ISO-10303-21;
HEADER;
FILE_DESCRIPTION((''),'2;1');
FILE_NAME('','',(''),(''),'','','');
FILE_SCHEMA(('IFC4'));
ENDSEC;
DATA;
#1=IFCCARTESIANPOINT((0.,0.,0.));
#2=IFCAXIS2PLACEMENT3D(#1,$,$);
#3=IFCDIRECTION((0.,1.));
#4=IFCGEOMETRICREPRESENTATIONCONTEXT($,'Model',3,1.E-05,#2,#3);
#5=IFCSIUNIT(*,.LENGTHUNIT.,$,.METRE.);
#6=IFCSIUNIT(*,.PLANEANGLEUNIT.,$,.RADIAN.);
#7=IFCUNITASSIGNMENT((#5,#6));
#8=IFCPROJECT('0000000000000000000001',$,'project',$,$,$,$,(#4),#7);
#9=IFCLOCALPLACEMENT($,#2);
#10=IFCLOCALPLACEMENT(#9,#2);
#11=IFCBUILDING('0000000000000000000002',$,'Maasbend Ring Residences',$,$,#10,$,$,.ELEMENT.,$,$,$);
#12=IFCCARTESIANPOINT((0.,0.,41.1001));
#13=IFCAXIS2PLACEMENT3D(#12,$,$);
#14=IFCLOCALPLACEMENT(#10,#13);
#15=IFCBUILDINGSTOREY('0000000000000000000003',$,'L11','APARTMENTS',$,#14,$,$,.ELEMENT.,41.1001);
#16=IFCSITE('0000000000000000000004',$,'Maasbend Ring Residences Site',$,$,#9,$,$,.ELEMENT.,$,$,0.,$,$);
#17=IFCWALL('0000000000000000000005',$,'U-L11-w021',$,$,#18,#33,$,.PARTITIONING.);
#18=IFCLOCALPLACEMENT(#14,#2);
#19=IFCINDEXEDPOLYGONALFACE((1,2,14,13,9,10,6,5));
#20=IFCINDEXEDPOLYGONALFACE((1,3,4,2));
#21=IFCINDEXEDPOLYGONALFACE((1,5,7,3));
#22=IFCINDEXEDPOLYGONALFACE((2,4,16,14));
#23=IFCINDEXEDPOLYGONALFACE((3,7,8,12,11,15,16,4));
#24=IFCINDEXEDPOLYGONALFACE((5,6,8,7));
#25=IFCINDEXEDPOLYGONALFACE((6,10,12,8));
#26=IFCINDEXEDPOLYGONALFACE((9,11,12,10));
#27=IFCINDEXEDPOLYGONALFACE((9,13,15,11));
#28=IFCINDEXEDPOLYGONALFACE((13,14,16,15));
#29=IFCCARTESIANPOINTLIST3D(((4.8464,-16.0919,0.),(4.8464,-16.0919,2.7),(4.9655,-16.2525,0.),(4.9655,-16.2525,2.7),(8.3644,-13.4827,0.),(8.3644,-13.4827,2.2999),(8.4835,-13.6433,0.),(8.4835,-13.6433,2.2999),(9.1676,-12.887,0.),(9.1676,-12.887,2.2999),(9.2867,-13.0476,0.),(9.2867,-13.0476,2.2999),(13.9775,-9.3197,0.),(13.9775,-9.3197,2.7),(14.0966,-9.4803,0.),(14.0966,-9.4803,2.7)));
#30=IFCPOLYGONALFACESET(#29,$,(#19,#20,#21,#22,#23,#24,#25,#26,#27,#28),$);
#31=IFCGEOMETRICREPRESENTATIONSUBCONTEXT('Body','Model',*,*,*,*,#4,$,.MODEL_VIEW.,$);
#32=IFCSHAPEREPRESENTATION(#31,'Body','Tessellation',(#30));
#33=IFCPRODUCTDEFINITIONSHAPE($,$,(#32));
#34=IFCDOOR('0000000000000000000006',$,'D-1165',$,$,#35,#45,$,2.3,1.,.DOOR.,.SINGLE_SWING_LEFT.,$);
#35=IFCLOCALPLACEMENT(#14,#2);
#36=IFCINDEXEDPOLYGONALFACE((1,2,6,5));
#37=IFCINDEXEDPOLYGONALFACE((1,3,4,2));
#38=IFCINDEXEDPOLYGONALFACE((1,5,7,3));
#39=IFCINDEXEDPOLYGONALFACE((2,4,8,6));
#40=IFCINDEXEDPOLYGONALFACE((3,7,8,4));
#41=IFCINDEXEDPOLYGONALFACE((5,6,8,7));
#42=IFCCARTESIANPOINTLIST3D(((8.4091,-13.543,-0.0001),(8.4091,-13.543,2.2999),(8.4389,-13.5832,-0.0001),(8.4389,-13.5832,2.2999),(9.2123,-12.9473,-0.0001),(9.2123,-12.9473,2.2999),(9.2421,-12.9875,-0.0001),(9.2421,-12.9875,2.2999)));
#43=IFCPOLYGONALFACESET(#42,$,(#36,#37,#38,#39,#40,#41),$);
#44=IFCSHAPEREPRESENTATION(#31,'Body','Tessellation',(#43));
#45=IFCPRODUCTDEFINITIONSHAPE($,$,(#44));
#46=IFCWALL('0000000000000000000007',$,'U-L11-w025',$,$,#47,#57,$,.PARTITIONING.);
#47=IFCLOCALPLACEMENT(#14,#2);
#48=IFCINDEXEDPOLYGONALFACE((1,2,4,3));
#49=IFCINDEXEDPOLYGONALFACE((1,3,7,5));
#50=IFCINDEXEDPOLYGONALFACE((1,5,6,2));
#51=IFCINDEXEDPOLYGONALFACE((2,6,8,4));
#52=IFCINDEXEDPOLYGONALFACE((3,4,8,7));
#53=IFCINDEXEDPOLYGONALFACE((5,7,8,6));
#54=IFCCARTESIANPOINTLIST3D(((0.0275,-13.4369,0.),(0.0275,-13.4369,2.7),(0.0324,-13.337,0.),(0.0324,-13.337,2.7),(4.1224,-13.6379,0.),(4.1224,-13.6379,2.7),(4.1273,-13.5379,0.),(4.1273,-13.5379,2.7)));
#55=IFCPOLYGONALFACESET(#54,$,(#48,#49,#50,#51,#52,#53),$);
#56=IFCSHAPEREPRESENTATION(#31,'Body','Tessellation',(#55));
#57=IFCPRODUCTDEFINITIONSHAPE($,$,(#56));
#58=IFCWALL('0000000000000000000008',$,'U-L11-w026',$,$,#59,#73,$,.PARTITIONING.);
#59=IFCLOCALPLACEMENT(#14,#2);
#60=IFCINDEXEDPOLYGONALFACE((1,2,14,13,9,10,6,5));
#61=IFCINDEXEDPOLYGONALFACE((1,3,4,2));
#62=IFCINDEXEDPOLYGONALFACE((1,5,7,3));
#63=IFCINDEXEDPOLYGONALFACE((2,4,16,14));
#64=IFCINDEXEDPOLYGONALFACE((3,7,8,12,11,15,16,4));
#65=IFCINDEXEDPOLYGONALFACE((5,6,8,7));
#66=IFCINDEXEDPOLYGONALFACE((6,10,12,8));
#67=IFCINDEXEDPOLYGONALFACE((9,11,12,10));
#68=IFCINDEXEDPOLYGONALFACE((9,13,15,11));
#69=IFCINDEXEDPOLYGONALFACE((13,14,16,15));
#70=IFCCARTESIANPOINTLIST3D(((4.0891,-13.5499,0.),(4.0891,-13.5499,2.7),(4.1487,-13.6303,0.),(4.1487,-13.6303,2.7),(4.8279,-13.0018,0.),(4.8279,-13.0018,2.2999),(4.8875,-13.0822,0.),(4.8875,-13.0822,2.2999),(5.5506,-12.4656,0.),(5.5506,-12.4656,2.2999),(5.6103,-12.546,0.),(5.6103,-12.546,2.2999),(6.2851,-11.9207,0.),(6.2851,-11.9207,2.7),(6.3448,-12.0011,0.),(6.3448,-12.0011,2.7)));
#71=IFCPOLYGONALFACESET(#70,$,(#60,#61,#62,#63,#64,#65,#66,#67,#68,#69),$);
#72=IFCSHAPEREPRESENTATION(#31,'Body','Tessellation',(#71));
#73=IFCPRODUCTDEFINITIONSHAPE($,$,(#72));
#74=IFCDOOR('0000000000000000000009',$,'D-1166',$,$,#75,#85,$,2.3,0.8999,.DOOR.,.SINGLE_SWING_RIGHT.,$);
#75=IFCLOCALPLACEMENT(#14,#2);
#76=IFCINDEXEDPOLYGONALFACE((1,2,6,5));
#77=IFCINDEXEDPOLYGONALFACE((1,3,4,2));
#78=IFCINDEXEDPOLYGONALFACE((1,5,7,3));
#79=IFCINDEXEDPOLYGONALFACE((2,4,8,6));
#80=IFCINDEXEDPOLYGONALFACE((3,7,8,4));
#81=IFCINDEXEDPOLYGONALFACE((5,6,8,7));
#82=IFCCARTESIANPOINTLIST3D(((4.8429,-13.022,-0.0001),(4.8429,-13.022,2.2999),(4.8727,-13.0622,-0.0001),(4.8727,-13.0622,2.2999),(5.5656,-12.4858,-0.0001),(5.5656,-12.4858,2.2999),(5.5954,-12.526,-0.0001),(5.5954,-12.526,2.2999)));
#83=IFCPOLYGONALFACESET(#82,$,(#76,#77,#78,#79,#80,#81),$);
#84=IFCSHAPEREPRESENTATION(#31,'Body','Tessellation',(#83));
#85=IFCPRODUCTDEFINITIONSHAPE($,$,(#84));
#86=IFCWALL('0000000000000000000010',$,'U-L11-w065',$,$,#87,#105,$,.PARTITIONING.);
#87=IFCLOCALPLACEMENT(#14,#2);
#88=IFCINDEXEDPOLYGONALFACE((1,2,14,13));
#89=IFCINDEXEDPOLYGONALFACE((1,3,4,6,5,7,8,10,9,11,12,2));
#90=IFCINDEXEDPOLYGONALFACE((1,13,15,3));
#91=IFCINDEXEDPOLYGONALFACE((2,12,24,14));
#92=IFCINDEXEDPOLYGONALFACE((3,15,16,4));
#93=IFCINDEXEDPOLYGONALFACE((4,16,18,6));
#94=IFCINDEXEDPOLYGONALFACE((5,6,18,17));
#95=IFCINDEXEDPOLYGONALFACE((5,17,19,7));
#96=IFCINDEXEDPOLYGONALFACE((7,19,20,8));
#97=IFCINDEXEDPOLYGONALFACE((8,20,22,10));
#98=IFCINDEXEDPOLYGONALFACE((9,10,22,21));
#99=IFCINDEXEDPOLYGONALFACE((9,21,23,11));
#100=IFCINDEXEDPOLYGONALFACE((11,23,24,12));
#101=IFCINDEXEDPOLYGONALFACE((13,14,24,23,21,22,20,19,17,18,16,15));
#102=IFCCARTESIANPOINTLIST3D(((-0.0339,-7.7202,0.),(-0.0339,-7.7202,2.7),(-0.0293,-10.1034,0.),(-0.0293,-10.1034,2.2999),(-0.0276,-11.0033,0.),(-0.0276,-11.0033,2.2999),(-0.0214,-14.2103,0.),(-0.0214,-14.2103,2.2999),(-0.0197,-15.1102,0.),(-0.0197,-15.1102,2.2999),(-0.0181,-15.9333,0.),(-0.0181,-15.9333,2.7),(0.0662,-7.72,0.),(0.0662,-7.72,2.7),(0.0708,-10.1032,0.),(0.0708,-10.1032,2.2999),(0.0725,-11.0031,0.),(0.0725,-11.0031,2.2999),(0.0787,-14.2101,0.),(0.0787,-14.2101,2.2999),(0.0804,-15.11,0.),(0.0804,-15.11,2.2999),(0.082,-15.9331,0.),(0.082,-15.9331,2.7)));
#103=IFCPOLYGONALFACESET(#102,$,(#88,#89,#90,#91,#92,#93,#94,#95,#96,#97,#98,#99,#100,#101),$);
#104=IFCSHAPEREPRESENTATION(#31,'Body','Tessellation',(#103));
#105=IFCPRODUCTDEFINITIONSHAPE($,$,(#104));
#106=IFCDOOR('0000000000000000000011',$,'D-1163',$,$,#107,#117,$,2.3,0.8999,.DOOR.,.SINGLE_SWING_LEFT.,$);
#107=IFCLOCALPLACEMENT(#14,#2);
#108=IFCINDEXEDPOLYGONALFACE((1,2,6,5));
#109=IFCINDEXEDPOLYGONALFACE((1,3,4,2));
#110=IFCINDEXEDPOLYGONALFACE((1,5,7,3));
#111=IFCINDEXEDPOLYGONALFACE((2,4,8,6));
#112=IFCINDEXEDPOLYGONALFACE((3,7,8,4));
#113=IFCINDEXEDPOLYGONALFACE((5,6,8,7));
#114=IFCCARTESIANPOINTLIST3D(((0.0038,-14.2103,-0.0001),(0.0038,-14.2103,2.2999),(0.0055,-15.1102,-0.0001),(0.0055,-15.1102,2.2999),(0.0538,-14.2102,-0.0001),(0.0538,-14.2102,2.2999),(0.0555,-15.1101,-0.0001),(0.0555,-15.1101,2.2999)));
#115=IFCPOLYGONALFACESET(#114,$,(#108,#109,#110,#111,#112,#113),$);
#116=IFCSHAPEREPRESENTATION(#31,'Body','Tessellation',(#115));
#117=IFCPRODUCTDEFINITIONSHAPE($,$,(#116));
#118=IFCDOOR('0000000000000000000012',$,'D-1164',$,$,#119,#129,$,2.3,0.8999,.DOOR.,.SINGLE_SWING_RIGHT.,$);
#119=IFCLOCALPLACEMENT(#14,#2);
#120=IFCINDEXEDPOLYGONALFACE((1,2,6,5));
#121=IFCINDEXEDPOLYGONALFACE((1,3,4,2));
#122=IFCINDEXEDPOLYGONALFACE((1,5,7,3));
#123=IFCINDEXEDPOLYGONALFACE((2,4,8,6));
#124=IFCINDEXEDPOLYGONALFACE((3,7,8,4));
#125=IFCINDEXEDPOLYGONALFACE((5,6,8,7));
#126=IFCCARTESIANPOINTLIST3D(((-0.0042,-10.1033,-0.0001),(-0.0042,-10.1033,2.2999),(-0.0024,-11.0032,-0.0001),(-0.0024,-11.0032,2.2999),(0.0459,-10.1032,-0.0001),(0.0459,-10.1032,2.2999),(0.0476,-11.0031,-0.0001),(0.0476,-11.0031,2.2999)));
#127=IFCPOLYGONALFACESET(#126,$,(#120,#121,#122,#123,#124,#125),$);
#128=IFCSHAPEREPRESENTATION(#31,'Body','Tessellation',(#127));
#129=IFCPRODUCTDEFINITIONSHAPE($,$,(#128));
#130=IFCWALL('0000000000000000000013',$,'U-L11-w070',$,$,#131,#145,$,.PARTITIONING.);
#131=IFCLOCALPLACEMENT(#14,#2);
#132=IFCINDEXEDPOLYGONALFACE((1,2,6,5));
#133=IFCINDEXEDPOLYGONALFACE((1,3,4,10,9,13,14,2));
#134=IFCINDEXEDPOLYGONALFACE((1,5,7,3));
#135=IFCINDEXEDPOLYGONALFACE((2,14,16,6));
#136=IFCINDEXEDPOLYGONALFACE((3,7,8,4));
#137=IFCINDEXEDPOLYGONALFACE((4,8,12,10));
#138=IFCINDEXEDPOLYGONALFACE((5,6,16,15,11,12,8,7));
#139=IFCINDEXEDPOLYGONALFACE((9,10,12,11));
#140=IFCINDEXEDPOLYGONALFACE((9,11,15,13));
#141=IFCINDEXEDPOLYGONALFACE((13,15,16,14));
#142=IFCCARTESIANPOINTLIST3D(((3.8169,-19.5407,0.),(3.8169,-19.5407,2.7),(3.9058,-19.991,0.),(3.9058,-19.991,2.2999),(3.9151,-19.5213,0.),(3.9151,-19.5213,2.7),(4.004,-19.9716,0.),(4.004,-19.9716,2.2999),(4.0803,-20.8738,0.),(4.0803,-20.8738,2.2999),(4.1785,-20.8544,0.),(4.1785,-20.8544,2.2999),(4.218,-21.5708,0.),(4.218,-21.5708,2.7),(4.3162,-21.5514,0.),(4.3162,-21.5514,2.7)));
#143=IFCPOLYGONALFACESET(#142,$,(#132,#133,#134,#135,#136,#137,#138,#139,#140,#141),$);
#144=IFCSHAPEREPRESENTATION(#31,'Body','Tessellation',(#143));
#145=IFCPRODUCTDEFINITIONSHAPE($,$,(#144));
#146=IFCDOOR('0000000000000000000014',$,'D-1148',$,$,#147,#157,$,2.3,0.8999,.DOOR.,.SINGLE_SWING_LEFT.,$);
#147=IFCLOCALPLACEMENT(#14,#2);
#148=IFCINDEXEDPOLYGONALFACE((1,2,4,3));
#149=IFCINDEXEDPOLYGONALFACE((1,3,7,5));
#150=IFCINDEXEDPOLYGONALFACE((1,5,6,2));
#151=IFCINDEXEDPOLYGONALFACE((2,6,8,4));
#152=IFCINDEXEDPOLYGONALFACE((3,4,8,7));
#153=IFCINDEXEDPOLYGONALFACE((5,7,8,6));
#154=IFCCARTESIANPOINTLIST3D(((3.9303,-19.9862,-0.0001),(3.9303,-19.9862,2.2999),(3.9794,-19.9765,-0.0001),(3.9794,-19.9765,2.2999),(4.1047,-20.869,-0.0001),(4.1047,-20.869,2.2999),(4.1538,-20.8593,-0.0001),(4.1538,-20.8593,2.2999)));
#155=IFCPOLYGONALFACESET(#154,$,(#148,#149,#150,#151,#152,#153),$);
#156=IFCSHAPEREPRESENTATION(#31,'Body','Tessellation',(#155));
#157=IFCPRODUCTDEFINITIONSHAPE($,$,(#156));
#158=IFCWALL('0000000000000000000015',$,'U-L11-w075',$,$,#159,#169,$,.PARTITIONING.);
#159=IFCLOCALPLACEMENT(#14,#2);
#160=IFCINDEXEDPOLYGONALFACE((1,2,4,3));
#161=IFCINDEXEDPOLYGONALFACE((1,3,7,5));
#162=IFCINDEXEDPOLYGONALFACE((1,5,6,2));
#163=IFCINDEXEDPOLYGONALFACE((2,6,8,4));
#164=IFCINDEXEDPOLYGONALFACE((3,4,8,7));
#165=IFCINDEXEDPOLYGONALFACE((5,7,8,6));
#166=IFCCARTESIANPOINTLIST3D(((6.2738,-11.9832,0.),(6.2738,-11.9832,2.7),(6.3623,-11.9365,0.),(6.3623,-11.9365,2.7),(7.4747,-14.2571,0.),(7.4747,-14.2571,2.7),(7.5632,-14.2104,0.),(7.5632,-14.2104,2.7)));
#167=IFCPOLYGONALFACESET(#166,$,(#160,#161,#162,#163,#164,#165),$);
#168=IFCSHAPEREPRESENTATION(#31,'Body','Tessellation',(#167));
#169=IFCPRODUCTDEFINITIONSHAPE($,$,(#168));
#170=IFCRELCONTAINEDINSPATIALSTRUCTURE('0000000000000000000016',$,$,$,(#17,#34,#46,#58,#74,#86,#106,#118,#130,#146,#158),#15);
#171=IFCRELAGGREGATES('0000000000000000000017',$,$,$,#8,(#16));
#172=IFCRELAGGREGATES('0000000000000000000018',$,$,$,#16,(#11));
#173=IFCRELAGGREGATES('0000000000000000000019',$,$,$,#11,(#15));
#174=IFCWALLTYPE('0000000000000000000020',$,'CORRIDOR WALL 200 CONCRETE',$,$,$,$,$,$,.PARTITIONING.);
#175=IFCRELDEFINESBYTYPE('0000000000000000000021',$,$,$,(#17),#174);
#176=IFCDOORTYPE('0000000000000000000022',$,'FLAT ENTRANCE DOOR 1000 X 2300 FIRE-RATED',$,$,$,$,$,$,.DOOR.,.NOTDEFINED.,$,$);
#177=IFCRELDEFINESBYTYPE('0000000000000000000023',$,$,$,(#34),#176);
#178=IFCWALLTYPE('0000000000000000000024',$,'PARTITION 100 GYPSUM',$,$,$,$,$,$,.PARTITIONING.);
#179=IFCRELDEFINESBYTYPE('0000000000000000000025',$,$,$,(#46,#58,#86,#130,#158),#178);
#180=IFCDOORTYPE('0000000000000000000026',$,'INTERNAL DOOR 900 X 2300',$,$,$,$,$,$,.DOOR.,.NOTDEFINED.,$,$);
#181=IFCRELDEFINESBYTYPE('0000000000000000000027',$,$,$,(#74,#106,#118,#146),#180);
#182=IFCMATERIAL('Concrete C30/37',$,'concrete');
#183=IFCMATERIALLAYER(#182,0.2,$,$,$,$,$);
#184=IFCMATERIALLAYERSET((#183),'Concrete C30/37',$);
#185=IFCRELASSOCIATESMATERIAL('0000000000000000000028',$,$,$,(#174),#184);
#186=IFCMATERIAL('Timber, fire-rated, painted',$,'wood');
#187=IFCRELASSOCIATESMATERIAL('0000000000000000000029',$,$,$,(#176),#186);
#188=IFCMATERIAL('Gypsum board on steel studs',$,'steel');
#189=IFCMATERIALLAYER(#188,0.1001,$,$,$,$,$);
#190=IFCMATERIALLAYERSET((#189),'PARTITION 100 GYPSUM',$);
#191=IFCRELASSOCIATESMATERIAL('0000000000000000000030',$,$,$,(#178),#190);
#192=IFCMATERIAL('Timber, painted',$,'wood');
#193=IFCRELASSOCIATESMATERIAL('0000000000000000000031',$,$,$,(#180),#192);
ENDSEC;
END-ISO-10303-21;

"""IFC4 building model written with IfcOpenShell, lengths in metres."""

from ifc_helpers import new_model, si_unit, direction, frame, frame_2d, origin, place, context, subcontext, project, spatial, rectangle, extrude, material, layer, layer_set, type_object, element, fill, save


model = new_model("IFC4")

# Units and contexts
model_context = context("Model", 3, precision=1e-05, world=origin(), true_north=direction((0.0, 1.0)))
body_context = subcontext(model_context, "Body", "Model", "MODEL_VIEW")
ifc_project = project(units=[si_unit("LENGTHUNIT", "METRE"), si_unit("PLANEANGLEUNIT", "RADIAN")], contexts=[model_context])

# Site, building, storey
site_placement = place(None, origin())
site = spatial("IfcSite", under=ifc_project, at=site_placement, Name="Maasbend Ring Residences Site", CompositionType="ELEMENT", RefElevation=0.0)
building_placement = place(site_placement, origin())
building = spatial("IfcBuilding", under=site, at=building_placement, Name="Maasbend Ring Residences", CompositionType="ELEMENT")
storey_placement = place(building_placement, frame((0.0, 0.0, 41.1001)))
storey = spatial("IfcBuildingStorey", under=building, at=storey_placement, Name="L11", Description="APARTMENTS", CompositionType="ELEMENT", Elevation=41.1001)

# Shared definitions
ifc_material_1 = material(Name="Concrete C30/37", Category="concrete")
ifc_layer_1 = layer(ifc_material_1, 0.2)
ifc_layer_set_1 = layer_set([ifc_layer_1], Name="Concrete C30/37")
wall_type_1 = type_object("IfcWallType", Name="CORRIDOR WALL 200 CONCRETE", PredefinedType="PARTITIONING", material=ifc_layer_set_1)

# Wall, opening, door
ifc_material_2 = material(Name="Timber, fire-rated, painted", Category="wood")
door_type_1 = type_object("IfcDoorType", Name="FLAT ENTRANCE DOOR 1000 X 2300 FIRE-RATED", OperationType="NOTDEFINED", PredefinedType="DOOR", material=ifc_material_2)
wall_1_placement = place(storey_placement, frame((4.906, -16.1721, 0.0), z_axis=(0.0, 0.0, 1.0), x_axis=(0.803202, 0.595707, 0.0)))
wall_1 = element("IfcWall", 1, at=wall_1_placement, inside=storey, type_object=wall_type_1, Name="U-L11-w021", PredefinedType="PARTITIONING", context=body_context, shape_type="SweptSolid", body=[
    extrude(rectangle(XDim=11.3684, YDim=0.2, at=frame_2d((5.6841, 0.0))), origin(), (0.0, 0.0, 1.0), 2.7),
])
opening_1_placement = place(wall_1_placement, frame((4.3799, 0.0, 0.0)))
opening_1 = element("IfcOpeningElement", 2, at=opening_1_placement, cuts=wall_1, PredefinedType="OPENING", context=body_context, shape_type="SweptSolid", body=[
    extrude(rectangle(XDim=1.0, YDim=2.3, at=frame_2d((0.5, 1.1499))), frame((0.0, 0.1099, 0.0), z_axis=(0.0, -1.0, 0.0), x_axis=(1.0, 0.0, 0.0)), (0.0, 0.0, 1.0), 0.22),
])
door_1_placement = place(opening_1_placement, origin())
door_1 = element("IfcDoor", 3, at=door_1_placement, inside=storey, type_object=door_type_1, Name="D-1165", OperationType="SINGLE_SWING_LEFT", OverallHeight=2.3, OverallWidth=1.0, PredefinedType="DOOR", context=body_context, shape_type="SweptSolid", body=[
    extrude(rectangle(XDim=1.0, YDim=2.3, at=frame_2d((0.5, 1.1499))), frame((0.0, 0.0249, 0.0), z_axis=(0.0, -1.0, 0.0), x_axis=(1.0, 0.0, 0.0)), (0.0, 0.0, 1.0), 0.05),
])
fill(opening_1, door_1)

# Wall
ifc_material_3 = material(Name="Gypsum board on steel studs", Category="steel")
ifc_layer_2 = layer(ifc_material_3, 0.1001)
ifc_layer_set_2 = layer_set([ifc_layer_2], Name="PARTITION 100 GYPSUM")
wall_type_2 = type_object("IfcWallType", Name="PARTITION 100 GYPSUM", PredefinedType="PARTITIONING", material=ifc_layer_set_2)
wall_2_placement = place(storey_placement, frame((0.03, -13.387, 0.0), z_axis=(0.0, 0.0, 1.0), x_axis=(0.998798, -0.049008, 0.0)))
element("IfcWall", 4, at=wall_2_placement, inside=storey, type_object=wall_type_2, Name="U-L11-w025", PredefinedType="PARTITIONING", context=body_context, shape_type="SweptSolid", body=[
    extrude(rectangle(XDim=4.0999, YDim=0.1001, at=frame_2d((2.0498, 0.0))), origin(), (0.0, 0.0, 1.0), 2.7),
])

# Wall, opening, door
wall_3_placement = place(storey_placement, frame((4.1189, -13.5901, 0.0), z_axis=(0.0, 0.0, 1.0), x_axis=(0.803128, 0.595806, 0.0)))
wall_3 = element("IfcWall", 5, at=wall_3_placement, inside=storey, type_object=wall_type_2, Name="U-L11-w026", PredefinedType="PARTITIONING", context=body_context, shape_type="SweptSolid", body=[
    extrude(rectangle(XDim=2.7344, YDim=0.1001, at=frame_2d((1.3672, 0.0))), origin(), (0.0, 0.0, 1.0), 2.7),
])
opening_2_placement = place(wall_3_placement, frame((0.9199, 0.0, 0.0)))
opening_2 = element("IfcOpeningElement", 6, at=opening_2_placement, cuts=wall_3, PredefinedType="OPENING", context=body_context, shape_type="SweptSolid", body=[
    extrude(rectangle(XDim=0.8999, YDim=2.3, at=frame_2d((0.45, 1.1499))), frame((0.0, 0.0601, 0.0), z_axis=(0.0, -1.0, 0.0), x_axis=(1.0, 0.0, 0.0)), (0.0, 0.0, 1.0), 0.1201),
])
ifc_material_4 = material(Name="Timber, painted", Category="wood")
door_type_2 = type_object("IfcDoorType", Name="INTERNAL DOOR 900 X 2300", OperationType="NOTDEFINED", PredefinedType="DOOR", material=ifc_material_4)
door_2_placement = place(opening_2_placement, origin())
door_2 = element("IfcDoor", 7, at=door_2_placement, inside=storey, type_object=door_type_2, Name="D-1166", OperationType="SINGLE_SWING_RIGHT", OverallHeight=2.3, OverallWidth=0.8999, PredefinedType="DOOR", context=body_context, shape_type="SweptSolid", body=[
    extrude(rectangle(XDim=0.8999, YDim=2.3, at=frame_2d((0.45, 1.1499))), frame((0.0, 0.0249, 0.0), z_axis=(0.0, -1.0, 0.0), x_axis=(1.0, 0.0, 0.0)), (0.0, 0.0, 1.0), 0.05),
])
fill(opening_2, door_2)

# Wall, openings, doors
wall_4_placement = place(storey_placement, frame((0.032, -15.9331, 0.0), z_axis=(0.0, 0.0, 1.0), x_axis=(-0.001932, 0.999998, 0.0)))
wall_4 = element("IfcWall", 8, at=wall_4_placement, inside=storey, type_object=wall_type_2, Name="U-L11-w065", PredefinedType="PARTITIONING", context=body_context, shape_type="SweptSolid", body=[
    extrude(rectangle(XDim=8.2131, YDim=0.1001, at=frame_2d((4.1064, 0.0))), origin(), (0.0, 0.0, 1.0), 2.7),
])
opening_3_placement = place(wall_4_placement, frame((0.823, 0.0, 0.0)))
opening_3 = element("IfcOpeningElement", 9, at=opening_3_placement, cuts=wall_4, PredefinedType="OPENING", context=body_context, shape_type="SweptSolid", body=[
    extrude(rectangle(XDim=0.8999, YDim=2.3, at=frame_2d((0.45, 1.1499))), frame((0.0, 0.0601, 0.0), z_axis=(0.0, -1.0, 0.0), x_axis=(1.0, 0.0, 0.0)), (0.0, 0.0, 1.0), 0.1201),
])
opening_4_placement = place(wall_4_placement, frame((4.9299, 0.0, 0.0)))
opening_4 = element("IfcOpeningElement", 10, at=opening_4_placement, cuts=wall_4, PredefinedType="OPENING", context=body_context, shape_type="SweptSolid", body=[
    extrude(rectangle(XDim=0.8999, YDim=2.3, at=frame_2d((0.45, 1.1499))), frame((0.0, 0.0601, 0.0), z_axis=(0.0, -1.0, 0.0), x_axis=(1.0, 0.0, 0.0)), (0.0, 0.0, 1.0), 0.1201),
])
door_3_placement = place(opening_3_placement, origin())
door_3 = element("IfcDoor", 11, at=door_3_placement, inside=storey, type_object=door_type_2, Name="D-1163", OperationType="SINGLE_SWING_LEFT", OverallHeight=2.3, OverallWidth=0.8999, PredefinedType="DOOR", context=body_context, shape_type="SweptSolid", body=[
    extrude(rectangle(XDim=0.8999, YDim=2.3, at=frame_2d((0.45, 1.1499))), frame((0.0, 0.0249, 0.0), z_axis=(0.0, -1.0, 0.0), x_axis=(1.0, 0.0, 0.0)), (0.0, 0.0, 1.0), 0.05),
])
fill(opening_3, door_3)
door_4_placement = place(opening_4_placement, origin())
door_4 = element("IfcDoor", 12, at=door_4_placement, inside=storey, type_object=door_type_2, Name="D-1164", OperationType="SINGLE_SWING_RIGHT", OverallHeight=2.3, OverallWidth=0.8999, PredefinedType="DOOR", context=body_context, shape_type="SweptSolid", body=[
    extrude(rectangle(XDim=0.8999, YDim=2.3, at=frame_2d((0.45, 1.1499))), frame((0.0, 0.0249, 0.0), z_axis=(0.0, -1.0, 0.0), x_axis=(1.0, 0.0, 0.0)), (0.0, 0.0, 1.0), 0.05),
])
fill(opening_4, door_4)

# Wall, opening, door
wall_5_placement = place(storey_placement, frame((3.866, -19.531, 0.0), z_axis=(0.0, 0.0, 1.0), x_axis=(0.193847, -0.981032, 0.0)))
wall_5 = element("IfcWall", 13, at=wall_5_placement, inside=storey, type_object=wall_type_2, Name="U-L11-w070", PredefinedType="PARTITIONING", context=body_context, shape_type="SweptSolid", body=[
    extrude(rectangle(XDim=2.0693, YDim=0.1001, at=frame_2d((1.0347, 0.0))), origin(), (0.0, 0.0, 1.0), 2.7),
])
opening_5_placement = place(wall_5_placement, frame((0.459, 0.0, 0.0)))
opening_5 = element("IfcOpeningElement", 14, at=opening_5_placement, cuts=wall_5, PredefinedType="OPENING", context=body_context, shape_type="SweptSolid", body=[
    extrude(rectangle(XDim=0.8999, YDim=2.3, at=frame_2d((0.45, 1.1499))), frame((0.0, 0.0601, 0.0), z_axis=(0.0, -1.0, 0.0), x_axis=(1.0, 0.0, 0.0)), (0.0, 0.0, 1.0), 0.1201),
])
door_5_placement = place(opening_5_placement, origin())
door_5 = element("IfcDoor", 15, at=door_5_placement, inside=storey, type_object=door_type_2, Name="D-1148", OperationType="SINGLE_SWING_LEFT", OverallHeight=2.3, OverallWidth=0.8999, PredefinedType="DOOR", context=body_context, shape_type="SweptSolid", body=[
    extrude(rectangle(XDim=0.8999, YDim=2.3, at=frame_2d((0.45, 1.1499))), frame((0.0, 0.0249, 0.0), z_axis=(0.0, -1.0, 0.0), x_axis=(1.0, 0.0, 0.0)), (0.0, 0.0, 1.0), 0.05),
])
fill(opening_5, door_5)

# Wall
wall_6_placement = place(storey_placement, frame((6.3181, -11.96, 0.0), z_axis=(0.0, 0.0, 1.0), x_axis=(0.467002, -0.884256, 0.0)))
element("IfcWall", 16, at=wall_6_placement, inside=storey, type_object=wall_type_2, Name="U-L11-w075", PredefinedType="PARTITIONING", context=body_context, shape_type="SweptSolid", body=[
    extrude(rectangle(XDim=2.5715, YDim=0.1001, at=frame_2d((1.2856, 0.0))), origin(), (0.0, 0.0, 1.0), 2.7),
])

save(model, "model.ifc")
